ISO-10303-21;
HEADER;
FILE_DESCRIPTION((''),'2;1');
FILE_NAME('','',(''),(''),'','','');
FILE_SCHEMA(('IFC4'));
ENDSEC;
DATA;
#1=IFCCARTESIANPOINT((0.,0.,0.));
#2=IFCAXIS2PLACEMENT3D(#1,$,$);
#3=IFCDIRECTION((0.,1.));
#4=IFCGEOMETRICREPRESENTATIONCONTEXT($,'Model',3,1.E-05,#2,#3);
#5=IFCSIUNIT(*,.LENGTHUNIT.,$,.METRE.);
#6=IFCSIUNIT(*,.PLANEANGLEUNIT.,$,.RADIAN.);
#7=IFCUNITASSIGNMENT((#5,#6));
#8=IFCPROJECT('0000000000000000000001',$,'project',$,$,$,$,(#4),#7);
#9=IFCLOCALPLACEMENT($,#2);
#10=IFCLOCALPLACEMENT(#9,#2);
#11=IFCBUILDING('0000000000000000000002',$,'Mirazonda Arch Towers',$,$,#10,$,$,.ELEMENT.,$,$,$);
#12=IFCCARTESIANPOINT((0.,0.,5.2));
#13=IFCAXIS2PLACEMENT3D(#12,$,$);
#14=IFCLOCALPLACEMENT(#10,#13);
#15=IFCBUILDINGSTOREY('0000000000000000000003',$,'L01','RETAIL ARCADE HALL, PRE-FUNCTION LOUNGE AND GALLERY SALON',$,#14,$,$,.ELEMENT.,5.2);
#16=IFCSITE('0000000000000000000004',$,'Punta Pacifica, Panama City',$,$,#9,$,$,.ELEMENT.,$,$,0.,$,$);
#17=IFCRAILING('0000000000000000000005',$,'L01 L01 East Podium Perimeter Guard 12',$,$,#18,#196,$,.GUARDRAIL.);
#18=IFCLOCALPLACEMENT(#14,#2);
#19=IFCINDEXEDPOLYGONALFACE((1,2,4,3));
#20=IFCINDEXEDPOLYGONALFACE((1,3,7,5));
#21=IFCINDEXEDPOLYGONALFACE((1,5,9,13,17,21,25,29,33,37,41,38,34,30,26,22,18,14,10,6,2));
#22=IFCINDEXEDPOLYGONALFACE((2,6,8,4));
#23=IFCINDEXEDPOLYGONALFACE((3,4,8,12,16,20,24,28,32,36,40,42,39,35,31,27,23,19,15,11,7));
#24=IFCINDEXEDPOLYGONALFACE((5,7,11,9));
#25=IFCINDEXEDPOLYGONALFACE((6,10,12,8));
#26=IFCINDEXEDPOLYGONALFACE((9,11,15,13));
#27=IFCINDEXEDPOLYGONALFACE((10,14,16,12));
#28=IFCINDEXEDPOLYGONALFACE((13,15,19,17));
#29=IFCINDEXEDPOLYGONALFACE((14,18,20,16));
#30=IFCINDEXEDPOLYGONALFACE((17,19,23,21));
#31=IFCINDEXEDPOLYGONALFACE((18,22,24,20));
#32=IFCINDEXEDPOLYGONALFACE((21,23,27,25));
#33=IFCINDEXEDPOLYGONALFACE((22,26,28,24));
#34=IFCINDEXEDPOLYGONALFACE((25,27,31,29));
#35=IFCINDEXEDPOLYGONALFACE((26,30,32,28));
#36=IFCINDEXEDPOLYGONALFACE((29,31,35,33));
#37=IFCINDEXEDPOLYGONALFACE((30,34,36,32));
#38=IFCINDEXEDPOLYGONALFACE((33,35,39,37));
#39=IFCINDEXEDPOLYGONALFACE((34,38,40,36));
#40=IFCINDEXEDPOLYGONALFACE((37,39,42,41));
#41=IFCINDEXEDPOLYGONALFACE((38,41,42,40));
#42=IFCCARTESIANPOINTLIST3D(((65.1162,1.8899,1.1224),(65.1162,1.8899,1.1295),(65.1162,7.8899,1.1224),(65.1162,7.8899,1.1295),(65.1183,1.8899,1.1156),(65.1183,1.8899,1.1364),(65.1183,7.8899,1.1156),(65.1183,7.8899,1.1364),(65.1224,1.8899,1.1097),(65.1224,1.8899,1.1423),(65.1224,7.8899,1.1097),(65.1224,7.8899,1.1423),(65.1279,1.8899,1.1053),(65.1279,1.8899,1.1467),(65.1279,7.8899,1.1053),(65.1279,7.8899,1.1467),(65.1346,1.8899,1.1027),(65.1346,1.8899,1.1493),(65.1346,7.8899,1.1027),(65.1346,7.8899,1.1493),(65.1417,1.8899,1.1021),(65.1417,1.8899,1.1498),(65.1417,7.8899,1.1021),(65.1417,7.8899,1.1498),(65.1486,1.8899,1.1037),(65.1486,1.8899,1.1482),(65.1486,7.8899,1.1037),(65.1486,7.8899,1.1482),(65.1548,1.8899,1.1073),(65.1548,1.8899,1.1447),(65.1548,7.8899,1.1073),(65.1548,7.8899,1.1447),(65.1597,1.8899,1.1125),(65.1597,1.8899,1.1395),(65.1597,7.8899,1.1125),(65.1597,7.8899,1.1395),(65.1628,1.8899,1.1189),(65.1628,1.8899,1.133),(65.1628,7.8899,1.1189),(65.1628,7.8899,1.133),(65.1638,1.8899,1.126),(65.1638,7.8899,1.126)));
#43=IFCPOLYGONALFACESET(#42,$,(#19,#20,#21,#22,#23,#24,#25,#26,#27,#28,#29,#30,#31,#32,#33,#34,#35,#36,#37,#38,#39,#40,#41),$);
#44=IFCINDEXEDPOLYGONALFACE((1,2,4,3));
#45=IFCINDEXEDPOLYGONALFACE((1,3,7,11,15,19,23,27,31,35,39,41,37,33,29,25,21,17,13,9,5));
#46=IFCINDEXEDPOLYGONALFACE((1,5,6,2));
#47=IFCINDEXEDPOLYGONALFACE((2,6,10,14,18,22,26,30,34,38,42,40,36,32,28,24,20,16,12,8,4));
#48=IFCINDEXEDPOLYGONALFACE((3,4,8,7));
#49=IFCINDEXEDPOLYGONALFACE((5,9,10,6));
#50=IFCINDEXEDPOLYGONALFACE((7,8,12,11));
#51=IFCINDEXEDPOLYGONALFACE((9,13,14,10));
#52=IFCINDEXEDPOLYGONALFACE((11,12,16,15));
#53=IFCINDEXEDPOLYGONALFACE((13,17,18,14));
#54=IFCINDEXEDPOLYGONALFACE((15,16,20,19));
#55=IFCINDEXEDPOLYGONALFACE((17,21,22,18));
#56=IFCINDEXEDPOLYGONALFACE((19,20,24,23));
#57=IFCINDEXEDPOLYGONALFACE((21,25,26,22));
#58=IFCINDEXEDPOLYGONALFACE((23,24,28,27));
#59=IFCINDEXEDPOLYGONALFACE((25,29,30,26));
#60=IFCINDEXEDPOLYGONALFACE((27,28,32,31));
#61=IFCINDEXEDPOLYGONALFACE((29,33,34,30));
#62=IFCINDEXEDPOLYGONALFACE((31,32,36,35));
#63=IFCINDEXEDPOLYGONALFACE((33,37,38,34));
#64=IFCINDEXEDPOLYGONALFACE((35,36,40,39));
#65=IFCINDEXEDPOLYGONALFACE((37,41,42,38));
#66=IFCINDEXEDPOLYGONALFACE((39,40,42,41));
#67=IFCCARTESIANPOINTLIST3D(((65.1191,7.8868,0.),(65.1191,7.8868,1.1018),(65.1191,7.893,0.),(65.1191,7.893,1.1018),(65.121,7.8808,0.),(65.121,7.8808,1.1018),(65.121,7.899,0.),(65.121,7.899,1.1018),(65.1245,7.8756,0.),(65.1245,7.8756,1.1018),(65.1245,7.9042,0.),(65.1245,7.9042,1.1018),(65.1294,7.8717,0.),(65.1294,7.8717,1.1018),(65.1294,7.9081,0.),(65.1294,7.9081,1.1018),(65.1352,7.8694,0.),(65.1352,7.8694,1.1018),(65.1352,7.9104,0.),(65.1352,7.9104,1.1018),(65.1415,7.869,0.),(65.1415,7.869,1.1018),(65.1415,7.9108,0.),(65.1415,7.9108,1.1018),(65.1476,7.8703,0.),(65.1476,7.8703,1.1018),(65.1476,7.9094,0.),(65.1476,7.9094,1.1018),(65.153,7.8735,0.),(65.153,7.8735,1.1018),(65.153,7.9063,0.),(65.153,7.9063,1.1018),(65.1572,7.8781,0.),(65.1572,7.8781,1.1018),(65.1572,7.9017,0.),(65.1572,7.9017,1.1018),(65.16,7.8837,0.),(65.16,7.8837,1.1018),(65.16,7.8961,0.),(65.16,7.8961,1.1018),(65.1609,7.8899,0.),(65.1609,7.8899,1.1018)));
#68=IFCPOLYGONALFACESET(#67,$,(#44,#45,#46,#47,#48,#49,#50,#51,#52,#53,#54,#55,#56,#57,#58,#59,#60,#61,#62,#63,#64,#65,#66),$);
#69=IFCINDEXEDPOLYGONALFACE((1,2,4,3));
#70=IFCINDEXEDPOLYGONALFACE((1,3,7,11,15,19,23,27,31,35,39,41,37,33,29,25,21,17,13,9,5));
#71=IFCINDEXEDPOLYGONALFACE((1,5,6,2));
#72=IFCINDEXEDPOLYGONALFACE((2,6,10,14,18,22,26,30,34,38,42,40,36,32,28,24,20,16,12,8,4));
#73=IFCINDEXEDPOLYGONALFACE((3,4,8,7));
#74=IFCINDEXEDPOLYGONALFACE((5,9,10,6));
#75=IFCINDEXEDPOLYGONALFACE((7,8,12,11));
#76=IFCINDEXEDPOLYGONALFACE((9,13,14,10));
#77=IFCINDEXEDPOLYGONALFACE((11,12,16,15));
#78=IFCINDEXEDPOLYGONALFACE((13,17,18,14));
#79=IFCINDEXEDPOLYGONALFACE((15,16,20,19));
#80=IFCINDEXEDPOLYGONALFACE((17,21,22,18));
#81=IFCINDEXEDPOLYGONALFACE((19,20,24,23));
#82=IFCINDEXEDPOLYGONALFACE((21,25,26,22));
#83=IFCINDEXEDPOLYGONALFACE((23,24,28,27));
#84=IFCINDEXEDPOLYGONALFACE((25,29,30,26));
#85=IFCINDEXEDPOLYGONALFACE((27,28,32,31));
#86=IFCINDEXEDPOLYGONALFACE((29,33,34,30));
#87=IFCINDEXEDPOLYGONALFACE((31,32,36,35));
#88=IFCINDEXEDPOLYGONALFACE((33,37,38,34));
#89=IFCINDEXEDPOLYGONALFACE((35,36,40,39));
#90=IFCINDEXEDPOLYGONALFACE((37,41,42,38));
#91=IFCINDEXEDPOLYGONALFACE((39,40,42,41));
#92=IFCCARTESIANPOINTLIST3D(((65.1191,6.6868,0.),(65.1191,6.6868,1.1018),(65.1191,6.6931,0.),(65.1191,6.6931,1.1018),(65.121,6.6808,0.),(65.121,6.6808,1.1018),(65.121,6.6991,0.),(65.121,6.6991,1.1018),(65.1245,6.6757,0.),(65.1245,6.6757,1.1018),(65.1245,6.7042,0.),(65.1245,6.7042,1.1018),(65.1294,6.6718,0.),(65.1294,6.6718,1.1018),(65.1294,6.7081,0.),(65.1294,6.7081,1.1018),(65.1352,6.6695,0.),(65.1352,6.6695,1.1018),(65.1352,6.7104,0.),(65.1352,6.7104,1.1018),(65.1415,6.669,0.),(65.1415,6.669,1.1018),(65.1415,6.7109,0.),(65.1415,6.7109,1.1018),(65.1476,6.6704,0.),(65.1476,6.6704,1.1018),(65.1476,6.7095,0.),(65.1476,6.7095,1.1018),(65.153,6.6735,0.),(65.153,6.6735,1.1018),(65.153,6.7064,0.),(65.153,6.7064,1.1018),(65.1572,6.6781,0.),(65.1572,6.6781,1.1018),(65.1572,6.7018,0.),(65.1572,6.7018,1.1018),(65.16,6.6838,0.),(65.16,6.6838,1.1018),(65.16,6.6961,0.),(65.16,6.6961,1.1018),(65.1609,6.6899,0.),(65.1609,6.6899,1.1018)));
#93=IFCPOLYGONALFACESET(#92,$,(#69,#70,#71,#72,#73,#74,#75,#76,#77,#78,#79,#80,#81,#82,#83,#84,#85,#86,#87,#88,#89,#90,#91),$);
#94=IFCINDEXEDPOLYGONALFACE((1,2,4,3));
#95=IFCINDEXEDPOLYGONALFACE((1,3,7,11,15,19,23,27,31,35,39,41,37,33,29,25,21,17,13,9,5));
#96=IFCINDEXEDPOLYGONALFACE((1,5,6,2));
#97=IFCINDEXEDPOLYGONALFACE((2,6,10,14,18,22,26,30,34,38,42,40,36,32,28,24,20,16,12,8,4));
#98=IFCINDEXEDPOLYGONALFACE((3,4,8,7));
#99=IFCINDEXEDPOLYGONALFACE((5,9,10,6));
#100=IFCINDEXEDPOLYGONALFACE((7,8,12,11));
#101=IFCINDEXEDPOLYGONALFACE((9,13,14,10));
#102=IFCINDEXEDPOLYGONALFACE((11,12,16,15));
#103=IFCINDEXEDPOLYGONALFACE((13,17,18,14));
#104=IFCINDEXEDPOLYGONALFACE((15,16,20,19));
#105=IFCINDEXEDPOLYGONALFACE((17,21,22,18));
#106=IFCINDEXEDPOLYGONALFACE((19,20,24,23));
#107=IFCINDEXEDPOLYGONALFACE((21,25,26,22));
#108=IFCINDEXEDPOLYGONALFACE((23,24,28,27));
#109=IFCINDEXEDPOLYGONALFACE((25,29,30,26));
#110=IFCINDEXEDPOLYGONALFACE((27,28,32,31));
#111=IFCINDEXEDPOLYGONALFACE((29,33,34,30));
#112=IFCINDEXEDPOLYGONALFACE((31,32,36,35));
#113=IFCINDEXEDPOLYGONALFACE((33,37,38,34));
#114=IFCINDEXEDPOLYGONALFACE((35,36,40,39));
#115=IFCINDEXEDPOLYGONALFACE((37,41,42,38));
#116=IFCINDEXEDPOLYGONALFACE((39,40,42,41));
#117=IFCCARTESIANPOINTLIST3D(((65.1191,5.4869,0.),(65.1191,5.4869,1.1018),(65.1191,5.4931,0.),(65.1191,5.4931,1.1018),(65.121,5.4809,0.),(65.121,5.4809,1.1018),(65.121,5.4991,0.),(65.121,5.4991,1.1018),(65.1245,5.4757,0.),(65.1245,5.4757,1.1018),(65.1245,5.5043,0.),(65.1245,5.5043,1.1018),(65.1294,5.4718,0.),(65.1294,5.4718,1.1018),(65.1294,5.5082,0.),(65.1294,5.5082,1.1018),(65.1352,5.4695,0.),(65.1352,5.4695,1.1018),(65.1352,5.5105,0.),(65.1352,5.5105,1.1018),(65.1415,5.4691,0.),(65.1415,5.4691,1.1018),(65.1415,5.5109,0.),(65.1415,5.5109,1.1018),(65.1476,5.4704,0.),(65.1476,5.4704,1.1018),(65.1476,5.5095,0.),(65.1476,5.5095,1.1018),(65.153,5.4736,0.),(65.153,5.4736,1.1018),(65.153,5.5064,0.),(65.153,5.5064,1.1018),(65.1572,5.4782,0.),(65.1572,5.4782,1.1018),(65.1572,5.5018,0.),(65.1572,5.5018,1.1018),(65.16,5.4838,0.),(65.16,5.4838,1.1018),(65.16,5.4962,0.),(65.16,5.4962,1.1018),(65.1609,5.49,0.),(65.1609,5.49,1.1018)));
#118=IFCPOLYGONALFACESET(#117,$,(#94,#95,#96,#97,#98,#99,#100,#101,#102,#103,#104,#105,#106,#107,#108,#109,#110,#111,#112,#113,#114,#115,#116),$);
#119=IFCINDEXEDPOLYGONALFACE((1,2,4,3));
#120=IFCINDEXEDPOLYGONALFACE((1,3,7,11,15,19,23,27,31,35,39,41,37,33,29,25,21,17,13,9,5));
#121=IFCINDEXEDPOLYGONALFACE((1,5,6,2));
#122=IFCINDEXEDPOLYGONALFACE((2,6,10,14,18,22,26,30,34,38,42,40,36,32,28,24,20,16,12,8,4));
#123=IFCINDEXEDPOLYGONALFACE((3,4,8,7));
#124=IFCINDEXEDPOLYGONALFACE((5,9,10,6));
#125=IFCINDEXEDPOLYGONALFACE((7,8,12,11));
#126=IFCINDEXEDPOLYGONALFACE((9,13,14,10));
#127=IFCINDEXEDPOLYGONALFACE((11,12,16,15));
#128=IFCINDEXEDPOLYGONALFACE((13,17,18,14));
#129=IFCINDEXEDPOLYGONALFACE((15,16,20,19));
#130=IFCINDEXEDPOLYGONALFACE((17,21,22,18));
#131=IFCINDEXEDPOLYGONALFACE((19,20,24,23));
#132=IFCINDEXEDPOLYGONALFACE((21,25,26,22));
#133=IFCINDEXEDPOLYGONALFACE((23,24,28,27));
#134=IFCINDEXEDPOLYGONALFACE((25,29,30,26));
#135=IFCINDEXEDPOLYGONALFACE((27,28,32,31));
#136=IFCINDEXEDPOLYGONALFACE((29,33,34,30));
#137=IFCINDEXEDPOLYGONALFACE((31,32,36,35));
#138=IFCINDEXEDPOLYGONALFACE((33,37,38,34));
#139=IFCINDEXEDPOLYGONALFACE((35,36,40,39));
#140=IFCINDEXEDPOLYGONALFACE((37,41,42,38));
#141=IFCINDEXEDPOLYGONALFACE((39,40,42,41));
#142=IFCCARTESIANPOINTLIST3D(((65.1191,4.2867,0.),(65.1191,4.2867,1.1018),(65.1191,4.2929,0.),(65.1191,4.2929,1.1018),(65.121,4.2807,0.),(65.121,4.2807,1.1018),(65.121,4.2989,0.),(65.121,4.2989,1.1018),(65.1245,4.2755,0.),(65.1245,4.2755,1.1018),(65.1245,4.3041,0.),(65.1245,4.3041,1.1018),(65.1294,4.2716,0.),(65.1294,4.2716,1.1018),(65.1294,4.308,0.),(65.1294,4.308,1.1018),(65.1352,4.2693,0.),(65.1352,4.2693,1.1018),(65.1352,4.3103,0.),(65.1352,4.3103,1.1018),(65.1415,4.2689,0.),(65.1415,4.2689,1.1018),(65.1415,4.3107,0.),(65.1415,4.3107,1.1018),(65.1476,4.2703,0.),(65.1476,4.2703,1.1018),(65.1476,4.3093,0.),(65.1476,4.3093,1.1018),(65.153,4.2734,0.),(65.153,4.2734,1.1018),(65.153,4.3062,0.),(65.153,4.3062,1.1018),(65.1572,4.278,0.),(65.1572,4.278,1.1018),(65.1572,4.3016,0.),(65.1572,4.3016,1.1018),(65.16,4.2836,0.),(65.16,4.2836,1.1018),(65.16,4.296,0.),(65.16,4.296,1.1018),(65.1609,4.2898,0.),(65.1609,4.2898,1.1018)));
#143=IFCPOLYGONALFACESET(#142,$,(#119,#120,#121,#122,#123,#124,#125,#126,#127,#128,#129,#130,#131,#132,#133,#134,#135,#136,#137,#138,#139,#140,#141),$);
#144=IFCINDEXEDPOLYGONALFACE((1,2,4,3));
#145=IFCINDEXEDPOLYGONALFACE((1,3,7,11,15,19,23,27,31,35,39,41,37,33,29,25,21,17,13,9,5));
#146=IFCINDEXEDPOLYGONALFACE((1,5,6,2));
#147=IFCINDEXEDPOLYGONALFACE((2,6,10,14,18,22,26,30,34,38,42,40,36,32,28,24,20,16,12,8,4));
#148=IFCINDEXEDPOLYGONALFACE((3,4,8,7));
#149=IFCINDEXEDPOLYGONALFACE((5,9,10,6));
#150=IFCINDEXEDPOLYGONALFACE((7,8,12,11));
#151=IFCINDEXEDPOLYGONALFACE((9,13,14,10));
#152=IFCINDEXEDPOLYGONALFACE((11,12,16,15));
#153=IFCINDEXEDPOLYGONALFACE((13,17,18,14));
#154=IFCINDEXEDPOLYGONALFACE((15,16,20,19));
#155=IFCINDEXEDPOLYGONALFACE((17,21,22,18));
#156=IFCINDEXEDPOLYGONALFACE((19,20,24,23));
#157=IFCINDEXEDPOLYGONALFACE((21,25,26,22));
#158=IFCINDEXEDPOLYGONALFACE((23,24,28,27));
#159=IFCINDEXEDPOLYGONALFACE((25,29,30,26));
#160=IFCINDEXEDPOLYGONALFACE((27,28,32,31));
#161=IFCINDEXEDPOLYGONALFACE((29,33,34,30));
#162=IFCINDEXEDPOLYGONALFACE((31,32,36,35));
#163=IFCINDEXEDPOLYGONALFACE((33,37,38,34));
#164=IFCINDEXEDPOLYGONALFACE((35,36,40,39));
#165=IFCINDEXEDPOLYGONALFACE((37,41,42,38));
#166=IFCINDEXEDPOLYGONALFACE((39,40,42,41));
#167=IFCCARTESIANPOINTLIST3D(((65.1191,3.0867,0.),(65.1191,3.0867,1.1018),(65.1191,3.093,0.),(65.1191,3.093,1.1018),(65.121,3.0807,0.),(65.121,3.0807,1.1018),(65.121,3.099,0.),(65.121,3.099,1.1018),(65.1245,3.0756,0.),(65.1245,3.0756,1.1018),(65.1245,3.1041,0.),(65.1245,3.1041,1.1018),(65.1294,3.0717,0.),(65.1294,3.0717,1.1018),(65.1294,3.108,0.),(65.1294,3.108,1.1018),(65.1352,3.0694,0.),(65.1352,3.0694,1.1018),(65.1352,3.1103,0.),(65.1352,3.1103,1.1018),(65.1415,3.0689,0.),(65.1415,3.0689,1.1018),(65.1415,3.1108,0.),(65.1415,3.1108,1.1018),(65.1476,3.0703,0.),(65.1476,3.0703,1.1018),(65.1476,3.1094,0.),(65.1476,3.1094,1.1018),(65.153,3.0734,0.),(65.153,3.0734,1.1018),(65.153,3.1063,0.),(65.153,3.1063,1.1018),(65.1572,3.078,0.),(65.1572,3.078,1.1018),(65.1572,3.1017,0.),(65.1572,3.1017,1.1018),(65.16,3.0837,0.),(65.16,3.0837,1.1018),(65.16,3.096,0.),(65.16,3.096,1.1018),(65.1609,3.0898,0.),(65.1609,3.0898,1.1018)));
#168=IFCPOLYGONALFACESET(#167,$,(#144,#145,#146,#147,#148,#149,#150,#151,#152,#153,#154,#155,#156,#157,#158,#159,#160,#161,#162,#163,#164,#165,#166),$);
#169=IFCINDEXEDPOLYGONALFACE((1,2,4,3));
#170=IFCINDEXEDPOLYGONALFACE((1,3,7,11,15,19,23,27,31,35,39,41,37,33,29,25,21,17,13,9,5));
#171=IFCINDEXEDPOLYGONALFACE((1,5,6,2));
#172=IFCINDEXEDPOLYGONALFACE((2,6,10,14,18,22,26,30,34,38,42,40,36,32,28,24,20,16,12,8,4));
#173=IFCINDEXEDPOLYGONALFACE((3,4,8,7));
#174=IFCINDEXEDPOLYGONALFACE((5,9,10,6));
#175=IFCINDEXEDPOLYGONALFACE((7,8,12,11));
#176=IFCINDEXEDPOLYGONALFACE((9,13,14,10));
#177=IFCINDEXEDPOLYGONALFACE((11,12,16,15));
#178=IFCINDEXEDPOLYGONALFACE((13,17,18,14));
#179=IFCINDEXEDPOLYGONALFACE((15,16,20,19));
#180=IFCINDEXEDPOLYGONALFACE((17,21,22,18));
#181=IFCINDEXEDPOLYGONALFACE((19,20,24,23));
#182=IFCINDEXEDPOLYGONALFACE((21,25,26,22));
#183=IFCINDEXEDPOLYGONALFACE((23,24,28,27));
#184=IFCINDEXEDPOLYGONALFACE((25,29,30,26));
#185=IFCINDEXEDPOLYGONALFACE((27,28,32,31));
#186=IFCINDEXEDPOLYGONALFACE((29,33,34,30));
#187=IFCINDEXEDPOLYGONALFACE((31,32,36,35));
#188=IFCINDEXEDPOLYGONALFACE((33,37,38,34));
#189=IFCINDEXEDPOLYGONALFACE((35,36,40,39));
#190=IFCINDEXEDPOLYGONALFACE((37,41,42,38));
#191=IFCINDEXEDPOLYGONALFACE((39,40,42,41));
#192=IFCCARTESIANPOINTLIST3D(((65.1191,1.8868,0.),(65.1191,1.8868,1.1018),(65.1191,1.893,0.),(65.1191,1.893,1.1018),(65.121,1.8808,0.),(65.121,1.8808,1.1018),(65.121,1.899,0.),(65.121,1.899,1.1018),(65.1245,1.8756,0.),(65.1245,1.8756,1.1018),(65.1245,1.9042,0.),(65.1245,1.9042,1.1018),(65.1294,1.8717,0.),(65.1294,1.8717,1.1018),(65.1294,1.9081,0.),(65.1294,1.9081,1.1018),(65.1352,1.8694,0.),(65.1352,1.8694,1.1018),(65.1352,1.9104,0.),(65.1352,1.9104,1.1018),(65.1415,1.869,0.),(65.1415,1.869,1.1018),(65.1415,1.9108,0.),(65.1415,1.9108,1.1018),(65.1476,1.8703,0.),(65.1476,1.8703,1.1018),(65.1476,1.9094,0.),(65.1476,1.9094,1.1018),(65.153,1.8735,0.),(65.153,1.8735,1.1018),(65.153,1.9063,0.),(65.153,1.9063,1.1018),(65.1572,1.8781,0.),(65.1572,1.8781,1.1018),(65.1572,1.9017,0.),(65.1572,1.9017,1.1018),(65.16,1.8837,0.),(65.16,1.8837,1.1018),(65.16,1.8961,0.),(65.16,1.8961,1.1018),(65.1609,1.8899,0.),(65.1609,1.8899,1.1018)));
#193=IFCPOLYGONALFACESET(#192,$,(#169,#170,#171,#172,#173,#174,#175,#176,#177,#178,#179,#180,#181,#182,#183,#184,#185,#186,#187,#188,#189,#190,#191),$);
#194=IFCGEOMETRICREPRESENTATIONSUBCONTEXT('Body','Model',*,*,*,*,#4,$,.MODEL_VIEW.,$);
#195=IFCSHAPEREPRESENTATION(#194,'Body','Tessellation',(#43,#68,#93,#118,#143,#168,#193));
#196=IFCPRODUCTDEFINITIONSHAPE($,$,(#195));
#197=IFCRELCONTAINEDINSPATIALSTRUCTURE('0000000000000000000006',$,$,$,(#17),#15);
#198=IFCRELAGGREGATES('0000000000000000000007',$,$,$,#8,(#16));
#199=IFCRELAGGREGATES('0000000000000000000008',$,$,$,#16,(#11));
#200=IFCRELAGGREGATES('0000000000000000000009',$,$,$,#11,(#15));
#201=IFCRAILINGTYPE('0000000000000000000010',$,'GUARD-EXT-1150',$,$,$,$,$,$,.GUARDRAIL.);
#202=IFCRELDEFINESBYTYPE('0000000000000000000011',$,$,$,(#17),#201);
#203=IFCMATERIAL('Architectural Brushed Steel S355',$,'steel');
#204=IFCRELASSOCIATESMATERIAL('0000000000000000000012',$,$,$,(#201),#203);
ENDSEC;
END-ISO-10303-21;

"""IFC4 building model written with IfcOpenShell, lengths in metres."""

from ifc_helpers import new_model, si_unit, direction, frame, origin, origin_2d, place, context, subcontext, project, spatial, circle, extrude, material, type_object, element, save


model = new_model("IFC4")

# Units and contexts
model_context = context("Model", 3, precision=1e-05, world=origin(), true_north=direction((0.0, 1.0)))
body_context = subcontext(model_context, "Body", "Model", "MODEL_VIEW")
ifc_project = project(units=[si_unit("LENGTHUNIT", "METRE"), si_unit("PLANEANGLEUNIT", "RADIAN")], contexts=[model_context])

# Site, building, storey
site_placement = place(None, origin())
site = spatial("IfcSite", under=ifc_project, at=site_placement, Name="Punta Pacifica, Panama City", CompositionType="ELEMENT", RefElevation=0.0)
building_placement = place(site_placement, origin())
building = spatial("IfcBuilding", under=site, at=building_placement, Name="Mirazonda Arch Towers", CompositionType="ELEMENT")
storey_placement = place(building_placement, frame((0.0, 0.0, 5.2)))
storey = spatial("IfcBuildingStorey", under=building, at=storey_placement, Name="L01", Description="RETAIL ARCADE HALL, PRE-FUNCTION LOUNGE AND GALLERY SALON", CompositionType="ELEMENT", Elevation=5.2)

# Railing
ifc_material_1 = material(Name="Architectural Brushed Steel S355", Category="steel")
railing_type_1 = type_object("IfcRailingType", Name="GUARD-EXT-1150", PredefinedType="GUARDRAIL", material=ifc_material_1)
railing_1_placement = place(storey_placement, frame((65.1399, 7.8899, 0.0)))
element("IfcRailing", 1, at=railing_1_placement, inside=storey, type_object=railing_type_1, Name="L01 L01 East Podium Perimeter Guard 12", PredefinedType="GUARDRAIL", context=body_context, shape_type="SweptSolid", body=[
    extrude(circle(Radius=0.0239, at=origin_2d()), frame((0.0, 0.0, 1.126), z_axis=(0.0, -1.0, 0.0), x_axis=(1.0, 0.0, 0.0)), (0.0, 0.0, 1.0), 6.0),
    extrude(circle(Radius=0.021, at=origin_2d()), origin(), (0.0, 0.0, 1.0), 1.1018),
    extrude(circle(Radius=0.021, at=origin_2d()), frame((0.0, -1.2, 0.0)), (0.0, 0.0, 1.0), 1.1018),
    extrude(circle(Radius=0.021, at=origin_2d()), frame((0.0, -2.3999, 0.0)), (0.0, 0.0, 1.0), 1.1018),
    extrude(circle(Radius=0.021, at=origin_2d()), frame((0.0, -3.6001, 0.0)), (0.0, 0.0, 1.0), 1.1018),
    extrude(circle(Radius=0.021, at=origin_2d()), frame((0.0, -4.8, 0.0)), (0.0, 0.0, 1.0), 1.1018),
    extrude(circle(Radius=0.021, at=origin_2d()), frame((0.0, -6.0, 0.0)), (0.0, 0.0, 1.0), 1.1018),
])

save(model, "model.ifc")
